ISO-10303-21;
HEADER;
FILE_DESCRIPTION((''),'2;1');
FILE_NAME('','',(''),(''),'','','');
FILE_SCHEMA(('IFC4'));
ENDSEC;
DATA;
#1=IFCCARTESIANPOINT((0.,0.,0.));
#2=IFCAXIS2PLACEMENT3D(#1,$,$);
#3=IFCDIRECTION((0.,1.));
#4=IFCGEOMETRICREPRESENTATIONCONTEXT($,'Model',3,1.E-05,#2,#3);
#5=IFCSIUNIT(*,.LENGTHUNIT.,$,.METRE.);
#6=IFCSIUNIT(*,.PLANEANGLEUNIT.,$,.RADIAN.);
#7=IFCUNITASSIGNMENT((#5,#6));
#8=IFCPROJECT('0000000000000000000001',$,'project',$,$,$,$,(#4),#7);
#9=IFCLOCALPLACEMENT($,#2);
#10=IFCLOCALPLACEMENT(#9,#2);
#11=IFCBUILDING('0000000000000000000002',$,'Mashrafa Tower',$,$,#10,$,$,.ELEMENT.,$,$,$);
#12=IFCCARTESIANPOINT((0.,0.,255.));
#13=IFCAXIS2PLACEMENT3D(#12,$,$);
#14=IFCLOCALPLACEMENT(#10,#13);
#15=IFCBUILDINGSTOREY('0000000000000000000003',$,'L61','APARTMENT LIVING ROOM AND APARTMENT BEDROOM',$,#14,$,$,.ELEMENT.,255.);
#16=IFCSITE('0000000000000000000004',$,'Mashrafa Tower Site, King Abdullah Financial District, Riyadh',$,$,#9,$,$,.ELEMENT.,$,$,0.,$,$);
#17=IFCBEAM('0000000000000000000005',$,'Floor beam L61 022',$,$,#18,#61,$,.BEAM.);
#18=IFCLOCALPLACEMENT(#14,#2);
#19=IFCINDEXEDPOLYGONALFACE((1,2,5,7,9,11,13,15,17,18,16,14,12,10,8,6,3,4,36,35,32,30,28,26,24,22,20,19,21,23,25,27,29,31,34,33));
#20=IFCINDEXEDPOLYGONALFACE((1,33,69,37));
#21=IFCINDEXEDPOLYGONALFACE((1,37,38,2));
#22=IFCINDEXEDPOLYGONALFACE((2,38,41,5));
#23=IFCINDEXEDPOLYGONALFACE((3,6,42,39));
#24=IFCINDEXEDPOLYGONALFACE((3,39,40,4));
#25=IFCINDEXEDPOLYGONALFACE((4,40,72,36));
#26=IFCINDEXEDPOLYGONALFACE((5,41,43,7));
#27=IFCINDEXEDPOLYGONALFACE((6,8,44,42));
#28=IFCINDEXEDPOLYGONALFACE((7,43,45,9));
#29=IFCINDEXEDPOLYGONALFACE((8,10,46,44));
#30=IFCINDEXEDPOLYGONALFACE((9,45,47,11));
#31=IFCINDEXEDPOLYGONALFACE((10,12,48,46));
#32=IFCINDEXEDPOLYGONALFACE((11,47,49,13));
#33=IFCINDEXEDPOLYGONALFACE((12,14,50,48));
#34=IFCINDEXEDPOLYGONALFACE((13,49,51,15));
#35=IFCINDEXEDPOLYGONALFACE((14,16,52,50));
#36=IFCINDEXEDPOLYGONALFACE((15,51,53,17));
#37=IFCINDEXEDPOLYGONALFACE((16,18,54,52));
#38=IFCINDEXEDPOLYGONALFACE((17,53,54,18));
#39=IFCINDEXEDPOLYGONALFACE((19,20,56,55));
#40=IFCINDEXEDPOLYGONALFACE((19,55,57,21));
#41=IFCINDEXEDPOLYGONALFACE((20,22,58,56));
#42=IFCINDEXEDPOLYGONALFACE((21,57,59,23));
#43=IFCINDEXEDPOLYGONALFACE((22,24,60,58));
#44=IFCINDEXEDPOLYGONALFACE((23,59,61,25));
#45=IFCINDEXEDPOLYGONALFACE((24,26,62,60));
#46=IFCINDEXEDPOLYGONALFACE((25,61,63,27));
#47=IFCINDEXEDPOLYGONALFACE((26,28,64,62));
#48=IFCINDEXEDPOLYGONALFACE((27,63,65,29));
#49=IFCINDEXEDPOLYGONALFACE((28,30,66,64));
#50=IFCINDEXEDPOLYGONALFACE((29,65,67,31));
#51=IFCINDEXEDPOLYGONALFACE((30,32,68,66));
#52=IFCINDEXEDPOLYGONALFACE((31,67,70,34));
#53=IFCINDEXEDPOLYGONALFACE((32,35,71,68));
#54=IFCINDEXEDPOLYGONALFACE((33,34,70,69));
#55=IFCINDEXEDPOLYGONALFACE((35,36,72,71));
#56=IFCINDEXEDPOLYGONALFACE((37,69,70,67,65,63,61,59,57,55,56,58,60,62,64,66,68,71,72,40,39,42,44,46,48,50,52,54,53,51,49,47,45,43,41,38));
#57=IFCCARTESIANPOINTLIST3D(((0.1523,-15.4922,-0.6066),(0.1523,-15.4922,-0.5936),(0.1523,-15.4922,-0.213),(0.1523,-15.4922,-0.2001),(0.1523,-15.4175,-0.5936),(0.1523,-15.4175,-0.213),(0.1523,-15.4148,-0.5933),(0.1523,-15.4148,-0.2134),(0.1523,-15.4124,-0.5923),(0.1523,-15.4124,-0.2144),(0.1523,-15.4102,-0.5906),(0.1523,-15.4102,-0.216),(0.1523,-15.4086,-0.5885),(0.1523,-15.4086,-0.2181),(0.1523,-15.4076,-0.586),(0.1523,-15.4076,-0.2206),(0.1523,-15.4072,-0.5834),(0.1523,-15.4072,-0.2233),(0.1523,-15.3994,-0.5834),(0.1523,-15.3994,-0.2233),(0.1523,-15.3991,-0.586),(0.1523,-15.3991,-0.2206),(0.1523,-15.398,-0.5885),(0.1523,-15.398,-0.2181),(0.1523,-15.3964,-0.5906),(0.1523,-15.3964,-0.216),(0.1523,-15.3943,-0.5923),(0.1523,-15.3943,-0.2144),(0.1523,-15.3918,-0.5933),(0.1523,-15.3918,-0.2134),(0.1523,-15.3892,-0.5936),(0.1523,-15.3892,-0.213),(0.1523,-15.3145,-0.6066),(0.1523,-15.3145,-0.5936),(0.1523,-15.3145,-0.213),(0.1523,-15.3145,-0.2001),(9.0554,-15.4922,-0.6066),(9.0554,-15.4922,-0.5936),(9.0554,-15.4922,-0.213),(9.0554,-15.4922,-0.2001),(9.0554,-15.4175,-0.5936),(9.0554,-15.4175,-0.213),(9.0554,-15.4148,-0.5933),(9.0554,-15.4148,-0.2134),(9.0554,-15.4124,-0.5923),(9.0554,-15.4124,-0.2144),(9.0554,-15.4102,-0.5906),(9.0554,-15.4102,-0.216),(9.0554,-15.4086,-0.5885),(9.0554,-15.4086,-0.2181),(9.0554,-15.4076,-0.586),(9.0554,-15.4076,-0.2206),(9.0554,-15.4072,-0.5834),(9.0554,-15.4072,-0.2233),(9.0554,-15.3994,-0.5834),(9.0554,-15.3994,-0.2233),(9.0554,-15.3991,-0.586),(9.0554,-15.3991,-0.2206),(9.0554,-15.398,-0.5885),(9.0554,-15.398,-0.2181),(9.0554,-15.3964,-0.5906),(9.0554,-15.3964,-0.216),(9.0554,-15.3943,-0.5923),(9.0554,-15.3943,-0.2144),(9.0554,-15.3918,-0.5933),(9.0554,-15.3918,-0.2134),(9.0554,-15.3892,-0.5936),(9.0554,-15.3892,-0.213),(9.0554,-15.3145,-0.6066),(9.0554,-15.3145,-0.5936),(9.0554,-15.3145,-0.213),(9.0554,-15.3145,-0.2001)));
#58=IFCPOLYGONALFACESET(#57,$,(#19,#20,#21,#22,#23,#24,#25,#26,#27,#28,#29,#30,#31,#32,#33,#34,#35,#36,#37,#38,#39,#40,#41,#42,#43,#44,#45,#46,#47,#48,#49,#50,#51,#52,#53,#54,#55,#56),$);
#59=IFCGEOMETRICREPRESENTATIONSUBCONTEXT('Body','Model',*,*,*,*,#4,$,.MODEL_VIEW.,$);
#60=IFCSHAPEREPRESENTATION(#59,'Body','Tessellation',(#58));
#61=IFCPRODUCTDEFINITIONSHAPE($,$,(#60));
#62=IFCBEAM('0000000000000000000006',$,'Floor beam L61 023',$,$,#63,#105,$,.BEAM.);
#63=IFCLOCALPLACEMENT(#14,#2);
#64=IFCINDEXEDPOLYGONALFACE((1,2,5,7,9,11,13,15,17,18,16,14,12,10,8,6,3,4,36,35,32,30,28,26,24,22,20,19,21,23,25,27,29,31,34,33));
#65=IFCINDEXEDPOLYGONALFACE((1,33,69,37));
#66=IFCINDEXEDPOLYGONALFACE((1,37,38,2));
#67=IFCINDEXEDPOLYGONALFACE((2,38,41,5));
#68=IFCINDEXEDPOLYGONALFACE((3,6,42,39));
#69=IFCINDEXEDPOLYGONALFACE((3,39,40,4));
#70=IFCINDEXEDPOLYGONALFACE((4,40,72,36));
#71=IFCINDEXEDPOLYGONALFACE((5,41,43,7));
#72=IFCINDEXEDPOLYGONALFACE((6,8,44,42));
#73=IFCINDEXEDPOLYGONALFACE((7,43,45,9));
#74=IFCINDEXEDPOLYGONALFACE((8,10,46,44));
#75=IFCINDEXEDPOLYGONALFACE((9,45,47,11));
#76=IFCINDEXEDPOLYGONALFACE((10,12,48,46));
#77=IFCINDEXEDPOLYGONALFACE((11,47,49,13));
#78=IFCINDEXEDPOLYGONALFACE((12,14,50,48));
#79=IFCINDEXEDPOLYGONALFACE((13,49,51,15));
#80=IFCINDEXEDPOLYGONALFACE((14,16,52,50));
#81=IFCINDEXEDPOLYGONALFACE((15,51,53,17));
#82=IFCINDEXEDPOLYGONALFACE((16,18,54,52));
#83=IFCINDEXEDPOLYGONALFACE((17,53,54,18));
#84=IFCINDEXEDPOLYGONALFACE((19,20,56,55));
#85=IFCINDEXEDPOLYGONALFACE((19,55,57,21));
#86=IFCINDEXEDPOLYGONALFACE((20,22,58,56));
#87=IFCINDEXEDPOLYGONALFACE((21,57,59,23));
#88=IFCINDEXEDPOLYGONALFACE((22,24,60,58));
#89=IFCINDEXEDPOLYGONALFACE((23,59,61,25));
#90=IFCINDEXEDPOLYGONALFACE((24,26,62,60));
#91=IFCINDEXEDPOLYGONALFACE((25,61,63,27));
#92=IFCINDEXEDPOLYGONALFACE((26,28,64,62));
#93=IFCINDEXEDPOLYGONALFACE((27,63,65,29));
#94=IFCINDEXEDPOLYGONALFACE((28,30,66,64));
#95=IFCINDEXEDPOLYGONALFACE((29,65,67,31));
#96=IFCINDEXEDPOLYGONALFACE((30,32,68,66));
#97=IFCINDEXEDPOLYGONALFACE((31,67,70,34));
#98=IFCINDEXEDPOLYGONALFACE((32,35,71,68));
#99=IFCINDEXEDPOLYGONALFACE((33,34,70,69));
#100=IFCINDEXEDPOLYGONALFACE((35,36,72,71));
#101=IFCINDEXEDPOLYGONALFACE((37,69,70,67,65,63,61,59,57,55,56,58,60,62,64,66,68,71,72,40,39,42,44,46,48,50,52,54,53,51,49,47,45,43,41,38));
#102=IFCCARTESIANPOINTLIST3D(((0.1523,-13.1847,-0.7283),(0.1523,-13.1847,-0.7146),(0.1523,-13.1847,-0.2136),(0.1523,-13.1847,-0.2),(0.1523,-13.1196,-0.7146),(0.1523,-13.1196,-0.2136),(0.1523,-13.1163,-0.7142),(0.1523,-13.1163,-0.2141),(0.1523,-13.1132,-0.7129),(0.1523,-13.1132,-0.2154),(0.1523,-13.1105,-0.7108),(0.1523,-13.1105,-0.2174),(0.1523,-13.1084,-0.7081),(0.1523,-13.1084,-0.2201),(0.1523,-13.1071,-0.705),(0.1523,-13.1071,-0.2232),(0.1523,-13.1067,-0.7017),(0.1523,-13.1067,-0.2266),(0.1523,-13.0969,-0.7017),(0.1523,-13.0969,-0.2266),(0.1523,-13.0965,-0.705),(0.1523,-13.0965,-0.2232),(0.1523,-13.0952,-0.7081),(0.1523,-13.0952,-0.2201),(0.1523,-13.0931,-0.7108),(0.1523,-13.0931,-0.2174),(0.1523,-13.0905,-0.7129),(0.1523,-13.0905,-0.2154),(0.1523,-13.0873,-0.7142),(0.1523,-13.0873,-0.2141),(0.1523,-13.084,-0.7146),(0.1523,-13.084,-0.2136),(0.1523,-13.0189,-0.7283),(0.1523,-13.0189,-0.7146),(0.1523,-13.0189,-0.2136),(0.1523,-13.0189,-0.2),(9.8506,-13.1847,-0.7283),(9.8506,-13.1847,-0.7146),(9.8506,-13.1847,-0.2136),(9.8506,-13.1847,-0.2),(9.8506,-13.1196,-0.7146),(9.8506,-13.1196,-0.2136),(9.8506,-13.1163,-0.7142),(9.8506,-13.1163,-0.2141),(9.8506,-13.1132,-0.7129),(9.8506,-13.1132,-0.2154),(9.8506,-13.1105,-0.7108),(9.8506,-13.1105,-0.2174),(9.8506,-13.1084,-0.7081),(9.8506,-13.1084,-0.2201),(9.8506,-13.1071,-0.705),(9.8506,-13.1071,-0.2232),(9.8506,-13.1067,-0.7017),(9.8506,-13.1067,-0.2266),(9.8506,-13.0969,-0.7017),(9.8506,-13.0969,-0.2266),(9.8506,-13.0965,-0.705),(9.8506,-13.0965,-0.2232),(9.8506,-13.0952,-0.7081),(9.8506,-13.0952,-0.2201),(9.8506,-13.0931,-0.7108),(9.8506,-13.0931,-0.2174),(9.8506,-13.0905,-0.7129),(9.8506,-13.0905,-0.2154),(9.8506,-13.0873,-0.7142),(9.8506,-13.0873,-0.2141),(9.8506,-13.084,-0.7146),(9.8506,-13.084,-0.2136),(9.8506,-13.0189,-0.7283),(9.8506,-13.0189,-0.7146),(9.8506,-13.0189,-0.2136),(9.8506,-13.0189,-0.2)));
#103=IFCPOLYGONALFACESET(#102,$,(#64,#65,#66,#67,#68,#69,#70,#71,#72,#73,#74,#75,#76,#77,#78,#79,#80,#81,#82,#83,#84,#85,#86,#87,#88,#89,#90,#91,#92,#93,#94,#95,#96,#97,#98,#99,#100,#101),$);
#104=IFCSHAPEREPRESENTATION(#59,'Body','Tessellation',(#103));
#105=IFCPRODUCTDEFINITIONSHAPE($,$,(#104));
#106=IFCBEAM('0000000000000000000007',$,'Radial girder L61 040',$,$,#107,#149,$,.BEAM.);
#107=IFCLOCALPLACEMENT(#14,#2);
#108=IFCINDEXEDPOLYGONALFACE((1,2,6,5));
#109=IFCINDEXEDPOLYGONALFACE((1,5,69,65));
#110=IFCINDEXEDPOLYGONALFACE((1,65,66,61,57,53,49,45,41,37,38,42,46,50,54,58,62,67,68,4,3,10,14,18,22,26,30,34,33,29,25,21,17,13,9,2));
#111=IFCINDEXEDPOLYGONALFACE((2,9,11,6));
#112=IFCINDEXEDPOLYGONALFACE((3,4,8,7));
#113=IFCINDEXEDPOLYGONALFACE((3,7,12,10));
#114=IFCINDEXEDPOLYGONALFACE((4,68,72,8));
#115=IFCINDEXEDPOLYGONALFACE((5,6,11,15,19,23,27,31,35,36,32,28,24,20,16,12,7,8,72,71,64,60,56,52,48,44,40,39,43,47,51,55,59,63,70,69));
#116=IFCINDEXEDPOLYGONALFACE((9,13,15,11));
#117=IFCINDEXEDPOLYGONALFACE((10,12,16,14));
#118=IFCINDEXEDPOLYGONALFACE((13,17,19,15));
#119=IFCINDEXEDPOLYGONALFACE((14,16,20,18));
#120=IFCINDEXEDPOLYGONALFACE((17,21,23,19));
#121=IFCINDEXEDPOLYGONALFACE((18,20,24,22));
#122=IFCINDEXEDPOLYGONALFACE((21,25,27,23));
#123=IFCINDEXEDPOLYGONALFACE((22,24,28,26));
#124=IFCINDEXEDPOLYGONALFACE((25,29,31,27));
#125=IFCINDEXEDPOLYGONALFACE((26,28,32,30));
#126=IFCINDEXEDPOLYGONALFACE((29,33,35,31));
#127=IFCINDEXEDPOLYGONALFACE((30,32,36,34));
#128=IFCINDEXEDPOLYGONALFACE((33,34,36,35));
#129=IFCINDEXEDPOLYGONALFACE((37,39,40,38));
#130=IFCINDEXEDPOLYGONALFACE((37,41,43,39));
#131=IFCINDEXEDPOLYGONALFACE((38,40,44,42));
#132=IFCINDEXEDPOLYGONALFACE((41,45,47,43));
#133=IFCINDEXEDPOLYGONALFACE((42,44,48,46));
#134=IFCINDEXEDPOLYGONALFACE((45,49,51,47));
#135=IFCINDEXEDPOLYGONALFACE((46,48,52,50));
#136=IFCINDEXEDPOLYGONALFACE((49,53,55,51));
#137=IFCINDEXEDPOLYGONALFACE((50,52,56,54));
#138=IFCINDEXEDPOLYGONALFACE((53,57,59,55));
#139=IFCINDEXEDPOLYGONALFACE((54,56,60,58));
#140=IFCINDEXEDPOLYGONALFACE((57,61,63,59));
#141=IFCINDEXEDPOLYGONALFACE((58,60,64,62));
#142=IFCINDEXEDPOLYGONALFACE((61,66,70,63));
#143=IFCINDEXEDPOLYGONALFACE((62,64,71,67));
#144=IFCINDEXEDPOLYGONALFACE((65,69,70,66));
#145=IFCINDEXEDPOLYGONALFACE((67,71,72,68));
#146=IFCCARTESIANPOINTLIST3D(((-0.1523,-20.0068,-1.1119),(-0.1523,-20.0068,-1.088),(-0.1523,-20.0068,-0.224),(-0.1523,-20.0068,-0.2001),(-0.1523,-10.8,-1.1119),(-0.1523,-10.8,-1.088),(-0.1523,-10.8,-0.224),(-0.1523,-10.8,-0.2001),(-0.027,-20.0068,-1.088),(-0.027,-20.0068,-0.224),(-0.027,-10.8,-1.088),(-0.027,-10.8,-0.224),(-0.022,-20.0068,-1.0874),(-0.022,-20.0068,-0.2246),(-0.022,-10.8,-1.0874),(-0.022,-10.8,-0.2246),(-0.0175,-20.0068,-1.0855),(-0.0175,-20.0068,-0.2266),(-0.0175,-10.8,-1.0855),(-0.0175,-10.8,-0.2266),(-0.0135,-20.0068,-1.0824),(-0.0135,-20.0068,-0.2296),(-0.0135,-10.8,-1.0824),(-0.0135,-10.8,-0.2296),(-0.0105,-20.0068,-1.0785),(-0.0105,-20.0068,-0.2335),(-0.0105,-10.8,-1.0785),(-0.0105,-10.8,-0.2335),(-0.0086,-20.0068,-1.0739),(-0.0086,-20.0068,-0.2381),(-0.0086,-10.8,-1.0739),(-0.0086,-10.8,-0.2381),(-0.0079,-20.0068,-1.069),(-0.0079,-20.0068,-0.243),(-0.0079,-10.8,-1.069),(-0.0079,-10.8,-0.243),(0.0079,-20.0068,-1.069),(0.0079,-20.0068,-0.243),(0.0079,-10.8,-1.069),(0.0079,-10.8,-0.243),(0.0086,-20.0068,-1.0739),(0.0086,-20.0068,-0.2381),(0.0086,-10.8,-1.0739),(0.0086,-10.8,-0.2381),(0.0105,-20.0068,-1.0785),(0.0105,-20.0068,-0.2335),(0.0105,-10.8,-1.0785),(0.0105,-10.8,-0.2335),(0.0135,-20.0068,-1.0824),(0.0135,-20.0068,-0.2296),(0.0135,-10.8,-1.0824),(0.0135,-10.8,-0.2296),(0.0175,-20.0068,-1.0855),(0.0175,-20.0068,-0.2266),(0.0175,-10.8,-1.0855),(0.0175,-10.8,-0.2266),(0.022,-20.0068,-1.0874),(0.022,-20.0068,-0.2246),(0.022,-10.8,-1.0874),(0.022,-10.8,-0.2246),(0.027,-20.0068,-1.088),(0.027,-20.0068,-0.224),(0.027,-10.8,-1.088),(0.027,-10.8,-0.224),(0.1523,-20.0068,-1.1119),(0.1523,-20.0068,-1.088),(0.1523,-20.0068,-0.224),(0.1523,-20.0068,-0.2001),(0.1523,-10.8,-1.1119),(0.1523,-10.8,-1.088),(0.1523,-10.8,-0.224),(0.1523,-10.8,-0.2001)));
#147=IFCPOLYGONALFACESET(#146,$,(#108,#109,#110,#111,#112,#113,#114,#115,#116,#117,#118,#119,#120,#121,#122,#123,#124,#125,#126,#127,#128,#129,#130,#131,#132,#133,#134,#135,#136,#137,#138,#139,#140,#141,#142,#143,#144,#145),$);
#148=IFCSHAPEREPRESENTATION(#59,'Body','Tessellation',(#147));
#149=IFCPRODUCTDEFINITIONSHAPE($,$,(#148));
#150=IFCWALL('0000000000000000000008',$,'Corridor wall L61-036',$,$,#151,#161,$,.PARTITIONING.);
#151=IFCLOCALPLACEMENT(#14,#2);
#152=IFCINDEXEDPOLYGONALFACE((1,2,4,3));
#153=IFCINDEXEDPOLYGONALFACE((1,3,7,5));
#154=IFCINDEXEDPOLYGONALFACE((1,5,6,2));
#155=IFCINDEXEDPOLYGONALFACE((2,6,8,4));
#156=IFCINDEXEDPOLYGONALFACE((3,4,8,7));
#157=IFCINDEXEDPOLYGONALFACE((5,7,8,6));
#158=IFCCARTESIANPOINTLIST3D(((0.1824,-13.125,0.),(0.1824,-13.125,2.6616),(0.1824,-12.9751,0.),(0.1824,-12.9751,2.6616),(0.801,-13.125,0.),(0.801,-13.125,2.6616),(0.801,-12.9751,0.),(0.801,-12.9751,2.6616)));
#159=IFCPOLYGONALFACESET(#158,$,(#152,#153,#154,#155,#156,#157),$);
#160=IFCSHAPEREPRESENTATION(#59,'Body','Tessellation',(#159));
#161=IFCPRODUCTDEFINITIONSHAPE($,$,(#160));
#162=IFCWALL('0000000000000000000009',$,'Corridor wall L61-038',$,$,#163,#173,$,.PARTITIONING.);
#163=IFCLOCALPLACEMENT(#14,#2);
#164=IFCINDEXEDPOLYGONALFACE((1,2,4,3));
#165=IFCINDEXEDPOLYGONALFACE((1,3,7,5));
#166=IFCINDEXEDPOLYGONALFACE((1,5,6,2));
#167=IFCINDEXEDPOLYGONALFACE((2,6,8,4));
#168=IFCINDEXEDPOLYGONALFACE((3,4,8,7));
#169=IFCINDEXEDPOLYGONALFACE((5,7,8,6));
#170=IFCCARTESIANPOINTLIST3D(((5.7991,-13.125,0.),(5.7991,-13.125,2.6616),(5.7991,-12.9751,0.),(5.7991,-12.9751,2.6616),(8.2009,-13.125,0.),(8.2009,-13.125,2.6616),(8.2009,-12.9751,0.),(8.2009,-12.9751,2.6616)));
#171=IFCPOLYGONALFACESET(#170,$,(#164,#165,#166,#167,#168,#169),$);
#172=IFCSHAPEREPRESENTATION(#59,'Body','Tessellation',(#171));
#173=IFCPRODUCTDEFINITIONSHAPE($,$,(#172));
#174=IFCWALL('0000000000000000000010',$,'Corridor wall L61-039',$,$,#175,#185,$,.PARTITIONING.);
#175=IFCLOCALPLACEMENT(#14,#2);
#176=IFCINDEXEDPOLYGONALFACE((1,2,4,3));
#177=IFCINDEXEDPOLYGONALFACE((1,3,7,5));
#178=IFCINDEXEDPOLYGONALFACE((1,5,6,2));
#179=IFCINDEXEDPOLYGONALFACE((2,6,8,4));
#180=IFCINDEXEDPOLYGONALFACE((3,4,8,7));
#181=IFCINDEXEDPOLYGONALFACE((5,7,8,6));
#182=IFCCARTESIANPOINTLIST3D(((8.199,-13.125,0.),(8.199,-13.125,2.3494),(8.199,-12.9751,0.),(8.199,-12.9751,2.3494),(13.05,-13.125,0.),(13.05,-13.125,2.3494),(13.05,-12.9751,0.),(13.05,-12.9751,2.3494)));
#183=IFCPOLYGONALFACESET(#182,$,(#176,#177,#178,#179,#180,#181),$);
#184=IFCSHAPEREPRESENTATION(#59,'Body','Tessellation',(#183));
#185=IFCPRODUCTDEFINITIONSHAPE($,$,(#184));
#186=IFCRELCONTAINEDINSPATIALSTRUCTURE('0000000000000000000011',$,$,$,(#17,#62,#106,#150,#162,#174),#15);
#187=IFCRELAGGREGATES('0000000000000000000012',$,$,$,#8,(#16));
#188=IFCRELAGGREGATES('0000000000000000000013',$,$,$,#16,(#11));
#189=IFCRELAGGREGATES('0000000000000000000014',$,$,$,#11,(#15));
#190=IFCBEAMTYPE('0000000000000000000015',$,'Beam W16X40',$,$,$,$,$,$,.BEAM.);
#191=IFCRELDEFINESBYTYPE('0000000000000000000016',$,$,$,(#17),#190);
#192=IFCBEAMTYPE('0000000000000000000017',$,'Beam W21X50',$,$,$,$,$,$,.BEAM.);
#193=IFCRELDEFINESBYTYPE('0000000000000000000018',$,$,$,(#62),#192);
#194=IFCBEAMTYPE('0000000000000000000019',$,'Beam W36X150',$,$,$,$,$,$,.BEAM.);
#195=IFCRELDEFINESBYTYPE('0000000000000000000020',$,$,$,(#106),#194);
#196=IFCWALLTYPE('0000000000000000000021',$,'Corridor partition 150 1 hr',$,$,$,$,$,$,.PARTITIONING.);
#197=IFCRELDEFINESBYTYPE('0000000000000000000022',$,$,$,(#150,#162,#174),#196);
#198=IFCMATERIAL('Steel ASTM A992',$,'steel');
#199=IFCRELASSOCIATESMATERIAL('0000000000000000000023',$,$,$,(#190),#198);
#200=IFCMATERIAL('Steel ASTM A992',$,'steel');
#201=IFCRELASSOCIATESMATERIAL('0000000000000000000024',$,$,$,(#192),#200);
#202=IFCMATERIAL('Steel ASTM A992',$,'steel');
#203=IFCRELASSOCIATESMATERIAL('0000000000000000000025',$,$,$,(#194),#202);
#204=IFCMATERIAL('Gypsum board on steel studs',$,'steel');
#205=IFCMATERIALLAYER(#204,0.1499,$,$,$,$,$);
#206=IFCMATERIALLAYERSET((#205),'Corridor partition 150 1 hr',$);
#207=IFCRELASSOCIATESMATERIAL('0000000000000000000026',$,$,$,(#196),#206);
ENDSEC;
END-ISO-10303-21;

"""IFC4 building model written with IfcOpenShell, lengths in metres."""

from ifc_helpers import new_model, si_unit, direction, frame, frame_2d, origin, origin_2d, place, context, subcontext, project, spatial, rectangle, i_section, extrude, material, layer, layer_set, material_profile, profile_set, type_object, element, save


model = new_model("IFC4")

# Units and contexts
model_context = context("Model", 3, precision=1e-05, world=origin(), true_north=direction((0.0, 1.0)))
body_context = subcontext(model_context, "Body", "Model", "MODEL_VIEW")
ifc_project = project(units=[si_unit("LENGTHUNIT", "METRE"), si_unit("PLANEANGLEUNIT", "RADIAN")], contexts=[model_context])

# Site, building, storey
site_placement = place(None, origin())
site = spatial("IfcSite", under=ifc_project, at=site_placement, Name="Mashrafa Tower Site, King Abdullah Financial District, Riyadh", CompositionType="ELEMENT", RefElevation=0.0)
building_placement = place(site_placement, origin())
building = spatial("IfcBuilding", under=site, at=building_placement, Name="Mashrafa Tower", CompositionType="ELEMENT")
storey_placement = place(building_placement, frame((0.0, 0.0, 255.0)))
storey = spatial("IfcBuildingStorey", under=building, at=storey_placement, Name="L61", Description="APARTMENT LIVING ROOM AND APARTMENT BEDROOM", CompositionType="ELEMENT", Elevation=255.0)

# Beams
ifc_material_1 = material(Name="Steel ASTM A992", Category="steel")
ifc_material_profile_1 = material_profile(ifc_material_1, i_section(OverallWidth=0.1777, OverallDepth=0.4065, WebThickness=0.0078, FlangeThickness=0.0129, FilletRadius=0.0103, at=origin_2d()), Name="W16X40")
ifc_profile_set_1 = profile_set([ifc_material_profile_1], Name="Steel ASTM A992")
beam_type_1 = type_object("IfcBeamType", Name="Beam W16X40", PredefinedType="BEAM", material=ifc_profile_set_1)
beam_1_placement = place(storey_placement, frame((9.0554, -15.4033, -0.4033), z_axis=(-1.0, 0.0, 0.0), x_axis=(0.0, -1.0, 0.0)))
element("IfcBeam", 1, at=beam_1_placement, inside=storey, type_object=beam_type_1, Name="Floor beam L61 022", PredefinedType="BEAM", context=body_context, shape_type="SweptSolid", body=[
    extrude(i_section(OverallWidth=0.1777, OverallDepth=0.4065, WebThickness=0.0078, FlangeThickness=0.0129, FilletRadius=0.0103, at=origin_2d()), origin(), (0.0, 0.0, 1.0), 8.9031),
])
ifc_material_2 = material(Name="Steel ASTM A992", Category="steel")
ifc_material_profile_2 = material_profile(ifc_material_2, i_section(OverallWidth=0.1658, OverallDepth=0.5283, WebThickness=0.0098, FlangeThickness=0.0137, FilletRadius=0.0129, at=origin_2d()), Name="W21X50")
ifc_profile_set_2 = profile_set([ifc_material_profile_2], Name="Steel ASTM A992")
beam_type_2 = type_object("IfcBeamType", Name="Beam W21X50", PredefinedType="BEAM", material=ifc_profile_set_2)
beam_2_placement = place(storey_placement, frame((9.8506, -13.1018, -0.4641), z_axis=(-1.0, 0.0, 0.0), x_axis=(0.0, -1.0, 0.0)))
element("IfcBeam", 2, at=beam_2_placement, inside=storey, type_object=beam_type_2, Name="Floor beam L61 023", PredefinedType="BEAM", context=body_context, shape_type="SweptSolid", body=[
    extrude(i_section(OverallWidth=0.1658, OverallDepth=0.5283, WebThickness=0.0098, FlangeThickness=0.0137, FilletRadius=0.0129, at=origin_2d()), origin(), (0.0, 0.0, 1.0), 9.6982),
])
ifc_material_3 = material(Name="Steel ASTM A992", Category="steel")
ifc_material_profile_3 = material_profile(ifc_material_3, i_section(OverallWidth=0.3047, OverallDepth=0.9119, WebThickness=0.0159, FlangeThickness=0.0239, FilletRadius=0.019, at=origin_2d()), Name="W36X150")
ifc_profile_set_3 = profile_set([ifc_material_profile_3], Name="Steel ASTM A992")
beam_type_3 = type_object("IfcBeamType", Name="Beam W36X150", PredefinedType="BEAM", material=ifc_profile_set_3)
beam_3_placement = place(storey_placement, frame((0.0, -10.8, -0.656), z_axis=(0.0, -1.0, 0.0), x_axis=(1.0, 0.0, 0.0)))
element("IfcBeam", 3, at=beam_3_placement, inside=storey, type_object=beam_type_3, Name="Radial girder L61 040", PredefinedType="BEAM", context=body_context, shape_type="SweptSolid", body=[
    extrude(i_section(OverallWidth=0.3047, OverallDepth=0.9119, WebThickness=0.0159, FlangeThickness=0.0239, FilletRadius=0.019, at=origin_2d()), origin(), (0.0, 0.0, 1.0), 9.2068),
])

# Walls
ifc_material_4 = material(Name="Gypsum board on steel studs", Category="steel")
ifc_layer_1 = layer(ifc_material_4, 0.1499)
ifc_layer_set_1 = layer_set([ifc_layer_1], Name="Corridor partition 150 1 hr")
wall_type_1 = type_object("IfcWallType", Name="Corridor partition 150 1 hr", PredefinedType="PARTITIONING", material=ifc_layer_set_1)
wall_1_placement = place(storey_placement, frame((0.1824, -13.05, 0.0), z_axis=(0.0, 0.0, 1.0), x_axis=(1.0, 0.0, 0.0)))
element("IfcWall", 4, at=wall_1_placement, inside=storey, type_object=wall_type_1, Name="Corridor wall L61-036", PredefinedType="PARTITIONING", context=body_context, shape_type="SweptSolid", body=[
    extrude(rectangle(XDim=0.6187, YDim=0.1499, at=frame_2d((0.3093, 0.0))), origin(), (0.0, 0.0, 1.0), 2.6616),
])
wall_2_placement = place(storey_placement, frame((5.7991, -13.05, 0.0), z_axis=(0.0, 0.0, 1.0), x_axis=(1.0, 0.0, 0.0)))
element("IfcWall", 5, at=wall_2_placement, inside=storey, type_object=wall_type_1, Name="Corridor wall L61-038", PredefinedType="PARTITIONING", context=body_context, shape_type="SweptSolid", body=[
    extrude(rectangle(XDim=2.4019, YDim=0.1499, at=frame_2d((1.2009, 0.0))), origin(), (0.0, 0.0, 1.0), 2.6616),
])
wall_3_placement = place(storey_placement, frame((8.199, -13.05, 0.0), z_axis=(0.0, 0.0, 1.0), x_axis=(1.0, 0.0, 0.0)))
element("IfcWall", 6, at=wall_3_placement, inside=storey, type_object=wall_type_1, Name="Corridor wall L61-039", PredefinedType="PARTITIONING", context=body_context, shape_type="SweptSolid", body=[
    extrude(rectangle(XDim=4.8511, YDim=0.1499, at=frame_2d((2.4255, 0.0))), origin(), (0.0, 0.0, 1.0), 2.3494),
])

save(model, "model.ifc")
